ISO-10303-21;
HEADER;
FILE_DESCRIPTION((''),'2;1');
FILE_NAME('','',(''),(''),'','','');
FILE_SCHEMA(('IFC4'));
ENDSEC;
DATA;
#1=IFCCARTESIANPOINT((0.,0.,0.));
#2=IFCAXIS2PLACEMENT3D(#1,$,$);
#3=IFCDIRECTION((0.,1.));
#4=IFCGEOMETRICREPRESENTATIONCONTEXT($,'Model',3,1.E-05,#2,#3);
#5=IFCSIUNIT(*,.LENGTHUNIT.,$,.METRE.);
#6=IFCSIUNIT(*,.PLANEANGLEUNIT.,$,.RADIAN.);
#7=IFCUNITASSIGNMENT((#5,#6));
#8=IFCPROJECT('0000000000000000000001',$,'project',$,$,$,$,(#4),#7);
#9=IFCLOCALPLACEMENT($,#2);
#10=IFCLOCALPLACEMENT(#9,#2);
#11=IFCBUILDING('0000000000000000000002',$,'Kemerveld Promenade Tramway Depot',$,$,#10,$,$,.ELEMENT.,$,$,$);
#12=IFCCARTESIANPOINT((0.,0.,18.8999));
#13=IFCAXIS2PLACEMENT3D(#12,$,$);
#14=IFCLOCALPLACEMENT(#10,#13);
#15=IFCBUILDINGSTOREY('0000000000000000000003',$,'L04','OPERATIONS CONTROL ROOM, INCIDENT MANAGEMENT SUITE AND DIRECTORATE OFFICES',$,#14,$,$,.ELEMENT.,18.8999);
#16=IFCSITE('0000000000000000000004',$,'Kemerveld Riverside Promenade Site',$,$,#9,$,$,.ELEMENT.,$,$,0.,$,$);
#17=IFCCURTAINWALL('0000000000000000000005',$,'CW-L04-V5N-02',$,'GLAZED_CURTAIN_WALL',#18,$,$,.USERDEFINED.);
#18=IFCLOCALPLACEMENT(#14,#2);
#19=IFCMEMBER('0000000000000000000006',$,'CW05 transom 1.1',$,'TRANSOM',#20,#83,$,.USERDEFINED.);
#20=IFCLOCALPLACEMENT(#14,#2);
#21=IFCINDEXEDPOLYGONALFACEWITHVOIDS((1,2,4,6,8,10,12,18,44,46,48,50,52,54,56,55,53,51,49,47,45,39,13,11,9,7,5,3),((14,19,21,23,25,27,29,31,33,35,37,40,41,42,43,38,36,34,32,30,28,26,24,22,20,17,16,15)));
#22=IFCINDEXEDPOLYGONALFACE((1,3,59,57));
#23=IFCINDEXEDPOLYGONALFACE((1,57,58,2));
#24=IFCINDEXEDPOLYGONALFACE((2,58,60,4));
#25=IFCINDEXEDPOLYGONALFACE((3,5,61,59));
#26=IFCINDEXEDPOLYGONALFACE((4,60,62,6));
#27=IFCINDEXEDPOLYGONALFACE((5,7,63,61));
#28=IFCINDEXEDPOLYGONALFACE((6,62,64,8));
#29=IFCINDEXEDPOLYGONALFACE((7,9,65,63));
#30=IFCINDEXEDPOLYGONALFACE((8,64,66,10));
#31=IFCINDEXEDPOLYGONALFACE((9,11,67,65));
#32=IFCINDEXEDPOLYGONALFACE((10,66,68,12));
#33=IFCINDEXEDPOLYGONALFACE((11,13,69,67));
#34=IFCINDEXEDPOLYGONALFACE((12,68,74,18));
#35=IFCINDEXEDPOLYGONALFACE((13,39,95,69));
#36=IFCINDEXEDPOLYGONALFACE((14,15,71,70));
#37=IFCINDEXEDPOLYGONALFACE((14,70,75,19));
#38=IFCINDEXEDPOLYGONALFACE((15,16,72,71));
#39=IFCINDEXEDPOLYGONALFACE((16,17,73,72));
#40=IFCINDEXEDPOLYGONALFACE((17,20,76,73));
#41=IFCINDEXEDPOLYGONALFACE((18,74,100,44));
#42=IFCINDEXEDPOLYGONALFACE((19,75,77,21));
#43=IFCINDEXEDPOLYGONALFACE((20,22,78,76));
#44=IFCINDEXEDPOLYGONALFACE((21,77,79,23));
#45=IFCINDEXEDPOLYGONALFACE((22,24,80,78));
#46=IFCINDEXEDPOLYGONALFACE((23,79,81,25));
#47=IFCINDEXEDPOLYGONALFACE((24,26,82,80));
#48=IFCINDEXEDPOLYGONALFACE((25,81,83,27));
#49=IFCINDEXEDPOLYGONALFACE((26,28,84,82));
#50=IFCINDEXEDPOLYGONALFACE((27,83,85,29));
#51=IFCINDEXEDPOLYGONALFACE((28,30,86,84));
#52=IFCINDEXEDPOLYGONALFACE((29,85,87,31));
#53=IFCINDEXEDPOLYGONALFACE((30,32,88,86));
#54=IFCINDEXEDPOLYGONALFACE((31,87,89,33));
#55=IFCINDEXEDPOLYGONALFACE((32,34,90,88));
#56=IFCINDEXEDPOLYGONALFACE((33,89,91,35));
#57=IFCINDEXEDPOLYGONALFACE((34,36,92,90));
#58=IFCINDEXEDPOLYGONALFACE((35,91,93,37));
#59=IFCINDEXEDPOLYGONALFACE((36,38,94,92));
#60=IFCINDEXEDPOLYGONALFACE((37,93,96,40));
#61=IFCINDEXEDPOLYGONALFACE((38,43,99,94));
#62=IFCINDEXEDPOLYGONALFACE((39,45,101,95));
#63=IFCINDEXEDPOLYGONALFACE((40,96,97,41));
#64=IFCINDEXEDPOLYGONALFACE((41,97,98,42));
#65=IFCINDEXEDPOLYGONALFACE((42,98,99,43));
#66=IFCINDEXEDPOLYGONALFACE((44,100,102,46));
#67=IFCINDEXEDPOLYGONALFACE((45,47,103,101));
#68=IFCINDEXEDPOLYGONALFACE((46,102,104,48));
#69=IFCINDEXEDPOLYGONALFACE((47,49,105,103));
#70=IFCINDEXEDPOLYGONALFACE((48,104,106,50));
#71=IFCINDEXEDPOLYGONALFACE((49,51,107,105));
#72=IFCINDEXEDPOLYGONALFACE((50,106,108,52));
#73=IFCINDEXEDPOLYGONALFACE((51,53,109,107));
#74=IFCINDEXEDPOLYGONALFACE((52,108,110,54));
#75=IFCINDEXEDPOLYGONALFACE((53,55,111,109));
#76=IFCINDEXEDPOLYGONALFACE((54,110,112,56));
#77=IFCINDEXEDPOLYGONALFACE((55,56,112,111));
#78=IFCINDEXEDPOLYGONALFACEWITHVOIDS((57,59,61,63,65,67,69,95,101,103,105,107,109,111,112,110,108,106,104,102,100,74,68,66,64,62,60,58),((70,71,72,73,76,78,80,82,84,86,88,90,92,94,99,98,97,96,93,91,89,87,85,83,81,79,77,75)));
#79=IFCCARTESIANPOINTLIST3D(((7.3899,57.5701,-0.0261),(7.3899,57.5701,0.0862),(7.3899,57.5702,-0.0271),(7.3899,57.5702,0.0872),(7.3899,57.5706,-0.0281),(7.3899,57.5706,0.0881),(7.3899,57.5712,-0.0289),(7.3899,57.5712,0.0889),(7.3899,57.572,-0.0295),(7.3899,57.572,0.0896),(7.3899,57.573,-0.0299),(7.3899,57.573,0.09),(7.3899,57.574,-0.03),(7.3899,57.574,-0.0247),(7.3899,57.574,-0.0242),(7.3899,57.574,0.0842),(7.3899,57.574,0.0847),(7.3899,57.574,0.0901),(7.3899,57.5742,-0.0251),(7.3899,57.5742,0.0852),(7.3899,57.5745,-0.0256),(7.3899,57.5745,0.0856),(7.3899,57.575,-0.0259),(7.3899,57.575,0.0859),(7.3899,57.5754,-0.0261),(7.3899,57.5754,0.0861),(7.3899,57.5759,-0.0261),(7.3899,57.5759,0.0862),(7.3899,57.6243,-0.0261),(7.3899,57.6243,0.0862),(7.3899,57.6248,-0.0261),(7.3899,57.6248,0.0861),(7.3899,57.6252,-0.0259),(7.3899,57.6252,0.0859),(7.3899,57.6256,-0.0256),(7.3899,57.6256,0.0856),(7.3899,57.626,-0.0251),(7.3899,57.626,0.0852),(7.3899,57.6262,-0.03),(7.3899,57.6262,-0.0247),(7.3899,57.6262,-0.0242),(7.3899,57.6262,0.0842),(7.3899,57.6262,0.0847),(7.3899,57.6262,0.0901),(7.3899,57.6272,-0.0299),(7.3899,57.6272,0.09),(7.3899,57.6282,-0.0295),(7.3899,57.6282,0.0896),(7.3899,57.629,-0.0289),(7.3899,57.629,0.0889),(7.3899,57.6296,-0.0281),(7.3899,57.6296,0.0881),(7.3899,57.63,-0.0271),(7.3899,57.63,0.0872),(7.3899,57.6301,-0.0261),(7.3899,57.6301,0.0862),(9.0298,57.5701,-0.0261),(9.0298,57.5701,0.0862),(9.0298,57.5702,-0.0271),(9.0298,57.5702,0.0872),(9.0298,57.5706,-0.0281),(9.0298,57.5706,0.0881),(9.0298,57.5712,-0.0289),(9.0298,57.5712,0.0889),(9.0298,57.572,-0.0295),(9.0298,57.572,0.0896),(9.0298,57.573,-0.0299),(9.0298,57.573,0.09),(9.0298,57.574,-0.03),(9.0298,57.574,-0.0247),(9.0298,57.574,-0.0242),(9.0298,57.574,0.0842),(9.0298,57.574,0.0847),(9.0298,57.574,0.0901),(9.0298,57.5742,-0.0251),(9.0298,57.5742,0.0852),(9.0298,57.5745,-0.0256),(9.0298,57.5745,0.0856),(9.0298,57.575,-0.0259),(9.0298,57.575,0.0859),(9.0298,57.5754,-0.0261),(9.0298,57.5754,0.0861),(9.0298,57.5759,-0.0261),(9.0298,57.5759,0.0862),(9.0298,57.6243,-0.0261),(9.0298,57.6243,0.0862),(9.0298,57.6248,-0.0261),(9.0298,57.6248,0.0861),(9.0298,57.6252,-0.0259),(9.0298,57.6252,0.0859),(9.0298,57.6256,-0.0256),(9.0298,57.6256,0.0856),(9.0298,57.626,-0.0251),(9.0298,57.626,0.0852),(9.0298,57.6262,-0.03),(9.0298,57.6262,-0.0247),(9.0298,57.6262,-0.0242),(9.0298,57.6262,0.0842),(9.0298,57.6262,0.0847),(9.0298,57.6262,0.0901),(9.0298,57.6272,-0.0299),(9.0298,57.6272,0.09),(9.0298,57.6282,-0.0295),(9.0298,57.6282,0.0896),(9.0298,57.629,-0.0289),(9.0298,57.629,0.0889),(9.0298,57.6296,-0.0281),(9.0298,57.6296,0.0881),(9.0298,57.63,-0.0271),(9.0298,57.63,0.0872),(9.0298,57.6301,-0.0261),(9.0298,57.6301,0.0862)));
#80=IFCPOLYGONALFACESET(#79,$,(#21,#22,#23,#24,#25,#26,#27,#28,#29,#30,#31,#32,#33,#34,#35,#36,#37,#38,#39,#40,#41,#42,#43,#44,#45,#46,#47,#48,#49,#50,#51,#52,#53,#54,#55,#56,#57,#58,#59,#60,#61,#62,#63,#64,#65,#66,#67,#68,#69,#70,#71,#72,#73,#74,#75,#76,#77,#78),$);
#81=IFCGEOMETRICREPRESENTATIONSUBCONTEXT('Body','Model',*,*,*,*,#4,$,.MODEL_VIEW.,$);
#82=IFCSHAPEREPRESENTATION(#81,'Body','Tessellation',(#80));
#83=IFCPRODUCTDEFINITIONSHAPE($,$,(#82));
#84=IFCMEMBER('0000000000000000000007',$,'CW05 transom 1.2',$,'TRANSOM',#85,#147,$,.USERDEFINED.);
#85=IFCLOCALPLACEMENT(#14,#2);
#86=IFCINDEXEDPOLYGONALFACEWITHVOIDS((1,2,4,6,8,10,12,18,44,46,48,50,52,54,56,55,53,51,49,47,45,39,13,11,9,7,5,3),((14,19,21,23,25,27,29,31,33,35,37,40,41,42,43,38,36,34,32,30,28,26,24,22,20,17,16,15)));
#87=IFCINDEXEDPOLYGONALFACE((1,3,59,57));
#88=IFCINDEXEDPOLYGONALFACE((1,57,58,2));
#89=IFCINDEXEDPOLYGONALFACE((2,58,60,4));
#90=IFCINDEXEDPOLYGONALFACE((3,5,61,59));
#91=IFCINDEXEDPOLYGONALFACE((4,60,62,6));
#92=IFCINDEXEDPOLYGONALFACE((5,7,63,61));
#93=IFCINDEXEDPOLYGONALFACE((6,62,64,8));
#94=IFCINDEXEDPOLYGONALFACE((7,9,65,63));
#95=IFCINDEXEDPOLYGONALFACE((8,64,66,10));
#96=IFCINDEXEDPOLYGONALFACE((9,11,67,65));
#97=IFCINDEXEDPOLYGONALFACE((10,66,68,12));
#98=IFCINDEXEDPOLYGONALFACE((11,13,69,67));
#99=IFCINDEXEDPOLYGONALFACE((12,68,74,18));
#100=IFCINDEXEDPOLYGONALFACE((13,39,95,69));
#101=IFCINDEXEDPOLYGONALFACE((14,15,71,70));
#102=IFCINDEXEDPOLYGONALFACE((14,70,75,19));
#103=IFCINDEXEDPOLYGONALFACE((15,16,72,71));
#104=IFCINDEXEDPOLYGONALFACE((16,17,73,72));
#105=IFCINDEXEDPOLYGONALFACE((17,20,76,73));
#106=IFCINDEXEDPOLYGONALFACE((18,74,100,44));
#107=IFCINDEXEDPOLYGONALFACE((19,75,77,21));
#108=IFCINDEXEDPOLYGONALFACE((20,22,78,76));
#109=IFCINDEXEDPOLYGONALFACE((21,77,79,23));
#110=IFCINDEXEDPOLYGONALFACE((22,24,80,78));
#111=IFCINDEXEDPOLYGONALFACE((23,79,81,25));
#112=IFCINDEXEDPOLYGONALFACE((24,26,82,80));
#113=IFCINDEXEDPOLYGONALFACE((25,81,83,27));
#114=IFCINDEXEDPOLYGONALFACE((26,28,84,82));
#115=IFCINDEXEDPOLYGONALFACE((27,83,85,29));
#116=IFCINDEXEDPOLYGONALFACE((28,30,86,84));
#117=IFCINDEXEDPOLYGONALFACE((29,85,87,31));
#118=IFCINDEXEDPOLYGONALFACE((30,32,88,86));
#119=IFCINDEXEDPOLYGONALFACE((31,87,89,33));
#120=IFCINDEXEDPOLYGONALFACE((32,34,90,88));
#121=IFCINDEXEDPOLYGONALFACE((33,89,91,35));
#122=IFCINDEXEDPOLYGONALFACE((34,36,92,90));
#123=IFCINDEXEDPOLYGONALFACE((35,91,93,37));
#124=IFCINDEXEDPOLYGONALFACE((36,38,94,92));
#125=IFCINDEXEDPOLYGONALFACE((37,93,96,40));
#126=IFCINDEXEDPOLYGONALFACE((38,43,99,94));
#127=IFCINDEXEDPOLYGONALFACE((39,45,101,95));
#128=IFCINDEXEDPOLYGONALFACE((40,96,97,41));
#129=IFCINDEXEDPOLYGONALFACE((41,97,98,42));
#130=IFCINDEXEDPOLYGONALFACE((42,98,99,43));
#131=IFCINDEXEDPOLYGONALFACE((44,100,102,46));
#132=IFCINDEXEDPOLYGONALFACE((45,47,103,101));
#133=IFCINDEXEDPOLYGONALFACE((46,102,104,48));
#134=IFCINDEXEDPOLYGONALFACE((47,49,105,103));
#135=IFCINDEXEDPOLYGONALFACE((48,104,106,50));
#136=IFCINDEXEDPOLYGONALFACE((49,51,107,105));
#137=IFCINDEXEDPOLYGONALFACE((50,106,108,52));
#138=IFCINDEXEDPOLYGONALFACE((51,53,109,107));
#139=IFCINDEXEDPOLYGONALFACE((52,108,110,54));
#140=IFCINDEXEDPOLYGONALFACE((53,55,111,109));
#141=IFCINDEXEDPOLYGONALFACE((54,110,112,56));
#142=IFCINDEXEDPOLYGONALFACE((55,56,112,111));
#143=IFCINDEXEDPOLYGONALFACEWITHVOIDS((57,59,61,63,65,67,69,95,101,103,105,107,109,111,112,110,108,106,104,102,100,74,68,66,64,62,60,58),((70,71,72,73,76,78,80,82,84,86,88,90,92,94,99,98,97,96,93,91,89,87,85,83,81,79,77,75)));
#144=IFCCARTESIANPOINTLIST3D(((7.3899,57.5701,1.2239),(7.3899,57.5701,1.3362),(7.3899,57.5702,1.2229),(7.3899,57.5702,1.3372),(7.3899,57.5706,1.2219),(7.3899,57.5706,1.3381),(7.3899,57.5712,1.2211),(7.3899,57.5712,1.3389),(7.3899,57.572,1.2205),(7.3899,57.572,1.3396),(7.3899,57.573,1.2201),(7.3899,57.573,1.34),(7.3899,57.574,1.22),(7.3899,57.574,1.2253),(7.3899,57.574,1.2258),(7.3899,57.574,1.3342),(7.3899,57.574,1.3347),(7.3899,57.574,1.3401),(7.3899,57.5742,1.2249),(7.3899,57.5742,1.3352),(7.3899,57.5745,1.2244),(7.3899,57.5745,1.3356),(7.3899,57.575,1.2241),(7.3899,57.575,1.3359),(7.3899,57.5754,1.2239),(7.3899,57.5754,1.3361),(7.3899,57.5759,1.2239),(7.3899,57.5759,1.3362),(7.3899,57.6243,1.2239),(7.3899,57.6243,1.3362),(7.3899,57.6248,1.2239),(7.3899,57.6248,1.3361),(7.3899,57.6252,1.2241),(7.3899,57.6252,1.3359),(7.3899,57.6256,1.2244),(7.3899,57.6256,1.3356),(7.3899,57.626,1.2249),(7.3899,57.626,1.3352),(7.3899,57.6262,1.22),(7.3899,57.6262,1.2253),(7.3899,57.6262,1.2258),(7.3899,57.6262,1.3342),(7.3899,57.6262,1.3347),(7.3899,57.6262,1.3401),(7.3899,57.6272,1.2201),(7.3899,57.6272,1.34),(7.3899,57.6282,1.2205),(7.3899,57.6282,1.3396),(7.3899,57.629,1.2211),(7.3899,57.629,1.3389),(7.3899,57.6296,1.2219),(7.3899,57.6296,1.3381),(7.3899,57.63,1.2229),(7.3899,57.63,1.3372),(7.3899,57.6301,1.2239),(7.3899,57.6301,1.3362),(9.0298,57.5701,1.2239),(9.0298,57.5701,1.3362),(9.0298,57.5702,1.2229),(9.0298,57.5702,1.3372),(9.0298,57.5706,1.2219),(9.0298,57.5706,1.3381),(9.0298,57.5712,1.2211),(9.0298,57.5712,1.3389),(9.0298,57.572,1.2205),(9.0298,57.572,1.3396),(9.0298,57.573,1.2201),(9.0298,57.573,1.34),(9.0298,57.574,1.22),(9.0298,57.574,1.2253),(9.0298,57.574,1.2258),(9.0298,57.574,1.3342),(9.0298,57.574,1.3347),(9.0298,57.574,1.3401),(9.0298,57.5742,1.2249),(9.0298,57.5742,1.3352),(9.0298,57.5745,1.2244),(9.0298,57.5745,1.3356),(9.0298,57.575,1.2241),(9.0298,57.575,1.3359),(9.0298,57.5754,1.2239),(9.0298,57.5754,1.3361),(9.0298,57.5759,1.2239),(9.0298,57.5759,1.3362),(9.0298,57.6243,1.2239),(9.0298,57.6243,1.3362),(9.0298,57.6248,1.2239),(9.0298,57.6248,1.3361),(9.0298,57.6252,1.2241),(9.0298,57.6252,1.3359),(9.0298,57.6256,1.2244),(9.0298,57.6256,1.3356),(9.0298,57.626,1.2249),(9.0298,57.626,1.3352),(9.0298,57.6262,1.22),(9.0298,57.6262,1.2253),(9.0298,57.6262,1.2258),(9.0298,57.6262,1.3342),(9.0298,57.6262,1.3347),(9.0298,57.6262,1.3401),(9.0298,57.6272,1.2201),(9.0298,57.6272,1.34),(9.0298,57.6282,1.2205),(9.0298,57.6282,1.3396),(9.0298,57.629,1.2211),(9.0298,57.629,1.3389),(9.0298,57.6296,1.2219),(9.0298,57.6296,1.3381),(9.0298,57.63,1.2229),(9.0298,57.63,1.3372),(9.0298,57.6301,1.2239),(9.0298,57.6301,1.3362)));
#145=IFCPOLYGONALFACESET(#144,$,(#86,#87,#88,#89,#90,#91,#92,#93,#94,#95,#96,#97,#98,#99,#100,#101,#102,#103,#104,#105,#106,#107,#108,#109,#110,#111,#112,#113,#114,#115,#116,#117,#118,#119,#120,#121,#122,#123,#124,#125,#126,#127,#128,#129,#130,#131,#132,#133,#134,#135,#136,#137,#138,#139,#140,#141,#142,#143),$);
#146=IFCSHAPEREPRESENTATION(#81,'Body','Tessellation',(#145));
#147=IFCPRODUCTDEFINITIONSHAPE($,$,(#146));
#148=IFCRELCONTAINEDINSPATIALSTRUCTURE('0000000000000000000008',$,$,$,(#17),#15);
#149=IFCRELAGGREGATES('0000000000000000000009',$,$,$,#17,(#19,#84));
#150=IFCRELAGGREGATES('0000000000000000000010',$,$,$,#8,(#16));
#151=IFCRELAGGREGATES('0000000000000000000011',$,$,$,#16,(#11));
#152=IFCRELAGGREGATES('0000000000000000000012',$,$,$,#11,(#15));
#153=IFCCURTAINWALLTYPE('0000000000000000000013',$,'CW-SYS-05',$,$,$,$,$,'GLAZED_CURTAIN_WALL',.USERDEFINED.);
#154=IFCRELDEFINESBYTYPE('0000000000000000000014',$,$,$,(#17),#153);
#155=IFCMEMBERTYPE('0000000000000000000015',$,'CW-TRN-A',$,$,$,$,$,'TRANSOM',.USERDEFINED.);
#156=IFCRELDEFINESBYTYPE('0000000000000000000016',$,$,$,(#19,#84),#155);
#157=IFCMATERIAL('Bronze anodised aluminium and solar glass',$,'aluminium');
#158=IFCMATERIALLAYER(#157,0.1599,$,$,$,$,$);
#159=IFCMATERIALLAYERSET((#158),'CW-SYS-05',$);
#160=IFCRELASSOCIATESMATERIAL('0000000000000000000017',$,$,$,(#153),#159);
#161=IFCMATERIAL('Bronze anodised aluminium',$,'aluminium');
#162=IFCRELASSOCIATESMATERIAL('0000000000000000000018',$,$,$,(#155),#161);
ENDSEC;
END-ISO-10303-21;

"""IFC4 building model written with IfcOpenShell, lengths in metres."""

from ifc_helpers import new_model, si_unit, direction, frame, origin, origin_2d, place, context, subcontext, project, spatial, hollow_rectangle, extrude, material, layer, layer_set, material_profile, profile_set, type_object, element, aggregate, save


model = new_model("IFC4")

# Units and contexts
model_context = context("Model", 3, precision=1e-05, world=origin(), true_north=direction((0.0, 1.0)))
body_context = subcontext(model_context, "Body", "Model", "MODEL_VIEW")
ifc_project = project(units=[si_unit("LENGTHUNIT", "METRE"), si_unit("PLANEANGLEUNIT", "RADIAN")], contexts=[model_context])

# Site, building, storey
site_placement = place(None, origin())
site = spatial("IfcSite", under=ifc_project, at=site_placement, Name="Kemerveld Riverside Promenade Site", CompositionType="ELEMENT", RefElevation=0.0)
building_placement = place(site_placement, origin())
building = spatial("IfcBuilding", under=site, at=building_placement, Name="Kemerveld Promenade Tramway Depot", CompositionType="ELEMENT")
storey_placement = place(building_placement, frame((0.0, 0.0, 18.8999)))
storey = spatial("IfcBuildingStorey", under=building, at=storey_placement, Name="L04", Description="OPERATIONS CONTROL ROOM, INCIDENT MANAGEMENT SUITE AND DIRECTORATE OFFICES", CompositionType="ELEMENT", Elevation=18.8999)

# Curtain wall
ifc_material_1 = material(Name="Bronze anodised aluminium and solar glass", Category="aluminium")
ifc_material_2 = material(Name="Bronze anodised aluminium", Category="aluminium")
ifc_layer_1 = layer(ifc_material_1, 0.1599)
ifc_layer_set_1 = layer_set([ifc_layer_1], Name="CW-SYS-05")
curtain_wall_type_1 = type_object("IfcCurtainWallType", Name="CW-SYS-05", ElementType="GLAZED_CURTAIN_WALL", PredefinedType="USERDEFINED", material=ifc_layer_set_1)
curtain_wall_1_placement = place(storey_placement, origin())
curtain_wall_1 = element("IfcCurtainWall", 1, at=curtain_wall_1_placement, inside=storey, type_object=curtain_wall_type_1, Name="CW-L04-V5N-02", ObjectType="GLAZED_CURTAIN_WALL", PredefinedType="USERDEFINED")

# Members
ifc_material_profile_1 = material_profile(ifc_material_2, hollow_rectangle(XDim=0.0601, YDim=0.1201, WallThickness=0.0039, InnerFilletRadius=0.002, OuterFilletRadius=0.0039, at=origin_2d()), Name="CW-TRN-120x60")
ifc_profile_set_1 = profile_set([ifc_material_profile_1], Name="Bronze anodised aluminium")
member_type_1 = type_object("IfcMemberType", Name="CW-TRN-A", ElementType="TRANSOM", PredefinedType="USERDEFINED", material=ifc_profile_set_1)
member_1_placement = place(storey_placement, frame((7.3899, 57.6001, 0.03), z_axis=(1.0, 0.0, 0.0), x_axis=(0.0, 1.0, 0.0)))
member_1 = element("IfcMember", 2, at=member_1_placement, type_object=member_type_1, Name="CW05 transom 1.1", ObjectType="TRANSOM", PredefinedType="USERDEFINED", context=body_context, shape_type="SweptSolid", body=[
    extrude(hollow_rectangle(XDim=0.0601, YDim=0.1201, WallThickness=0.0039, InnerFilletRadius=0.002, OuterFilletRadius=0.0039, at=origin_2d()), origin(), (0.0, 0.0, 1.0), 1.6399),
])
member_2_placement = place(storey_placement, frame((7.3899, 57.6001, 1.28), z_axis=(1.0, 0.0, 0.0), x_axis=(0.0, 1.0, 0.0)))
member_2 = element("IfcMember", 3, at=member_2_placement, type_object=member_type_1, Name="CW05 transom 1.2", ObjectType="TRANSOM", PredefinedType="USERDEFINED", context=body_context, shape_type="SweptSolid", body=[
    extrude(hollow_rectangle(XDim=0.0601, YDim=0.1201, WallThickness=0.0039, InnerFilletRadius=0.002, OuterFilletRadius=0.0039, at=origin_2d()), origin(), (0.0, 0.0, 1.0), 1.6399),
])

aggregate(curtain_wall_1, [member_1, member_2])

save(model, "model.ifc")
